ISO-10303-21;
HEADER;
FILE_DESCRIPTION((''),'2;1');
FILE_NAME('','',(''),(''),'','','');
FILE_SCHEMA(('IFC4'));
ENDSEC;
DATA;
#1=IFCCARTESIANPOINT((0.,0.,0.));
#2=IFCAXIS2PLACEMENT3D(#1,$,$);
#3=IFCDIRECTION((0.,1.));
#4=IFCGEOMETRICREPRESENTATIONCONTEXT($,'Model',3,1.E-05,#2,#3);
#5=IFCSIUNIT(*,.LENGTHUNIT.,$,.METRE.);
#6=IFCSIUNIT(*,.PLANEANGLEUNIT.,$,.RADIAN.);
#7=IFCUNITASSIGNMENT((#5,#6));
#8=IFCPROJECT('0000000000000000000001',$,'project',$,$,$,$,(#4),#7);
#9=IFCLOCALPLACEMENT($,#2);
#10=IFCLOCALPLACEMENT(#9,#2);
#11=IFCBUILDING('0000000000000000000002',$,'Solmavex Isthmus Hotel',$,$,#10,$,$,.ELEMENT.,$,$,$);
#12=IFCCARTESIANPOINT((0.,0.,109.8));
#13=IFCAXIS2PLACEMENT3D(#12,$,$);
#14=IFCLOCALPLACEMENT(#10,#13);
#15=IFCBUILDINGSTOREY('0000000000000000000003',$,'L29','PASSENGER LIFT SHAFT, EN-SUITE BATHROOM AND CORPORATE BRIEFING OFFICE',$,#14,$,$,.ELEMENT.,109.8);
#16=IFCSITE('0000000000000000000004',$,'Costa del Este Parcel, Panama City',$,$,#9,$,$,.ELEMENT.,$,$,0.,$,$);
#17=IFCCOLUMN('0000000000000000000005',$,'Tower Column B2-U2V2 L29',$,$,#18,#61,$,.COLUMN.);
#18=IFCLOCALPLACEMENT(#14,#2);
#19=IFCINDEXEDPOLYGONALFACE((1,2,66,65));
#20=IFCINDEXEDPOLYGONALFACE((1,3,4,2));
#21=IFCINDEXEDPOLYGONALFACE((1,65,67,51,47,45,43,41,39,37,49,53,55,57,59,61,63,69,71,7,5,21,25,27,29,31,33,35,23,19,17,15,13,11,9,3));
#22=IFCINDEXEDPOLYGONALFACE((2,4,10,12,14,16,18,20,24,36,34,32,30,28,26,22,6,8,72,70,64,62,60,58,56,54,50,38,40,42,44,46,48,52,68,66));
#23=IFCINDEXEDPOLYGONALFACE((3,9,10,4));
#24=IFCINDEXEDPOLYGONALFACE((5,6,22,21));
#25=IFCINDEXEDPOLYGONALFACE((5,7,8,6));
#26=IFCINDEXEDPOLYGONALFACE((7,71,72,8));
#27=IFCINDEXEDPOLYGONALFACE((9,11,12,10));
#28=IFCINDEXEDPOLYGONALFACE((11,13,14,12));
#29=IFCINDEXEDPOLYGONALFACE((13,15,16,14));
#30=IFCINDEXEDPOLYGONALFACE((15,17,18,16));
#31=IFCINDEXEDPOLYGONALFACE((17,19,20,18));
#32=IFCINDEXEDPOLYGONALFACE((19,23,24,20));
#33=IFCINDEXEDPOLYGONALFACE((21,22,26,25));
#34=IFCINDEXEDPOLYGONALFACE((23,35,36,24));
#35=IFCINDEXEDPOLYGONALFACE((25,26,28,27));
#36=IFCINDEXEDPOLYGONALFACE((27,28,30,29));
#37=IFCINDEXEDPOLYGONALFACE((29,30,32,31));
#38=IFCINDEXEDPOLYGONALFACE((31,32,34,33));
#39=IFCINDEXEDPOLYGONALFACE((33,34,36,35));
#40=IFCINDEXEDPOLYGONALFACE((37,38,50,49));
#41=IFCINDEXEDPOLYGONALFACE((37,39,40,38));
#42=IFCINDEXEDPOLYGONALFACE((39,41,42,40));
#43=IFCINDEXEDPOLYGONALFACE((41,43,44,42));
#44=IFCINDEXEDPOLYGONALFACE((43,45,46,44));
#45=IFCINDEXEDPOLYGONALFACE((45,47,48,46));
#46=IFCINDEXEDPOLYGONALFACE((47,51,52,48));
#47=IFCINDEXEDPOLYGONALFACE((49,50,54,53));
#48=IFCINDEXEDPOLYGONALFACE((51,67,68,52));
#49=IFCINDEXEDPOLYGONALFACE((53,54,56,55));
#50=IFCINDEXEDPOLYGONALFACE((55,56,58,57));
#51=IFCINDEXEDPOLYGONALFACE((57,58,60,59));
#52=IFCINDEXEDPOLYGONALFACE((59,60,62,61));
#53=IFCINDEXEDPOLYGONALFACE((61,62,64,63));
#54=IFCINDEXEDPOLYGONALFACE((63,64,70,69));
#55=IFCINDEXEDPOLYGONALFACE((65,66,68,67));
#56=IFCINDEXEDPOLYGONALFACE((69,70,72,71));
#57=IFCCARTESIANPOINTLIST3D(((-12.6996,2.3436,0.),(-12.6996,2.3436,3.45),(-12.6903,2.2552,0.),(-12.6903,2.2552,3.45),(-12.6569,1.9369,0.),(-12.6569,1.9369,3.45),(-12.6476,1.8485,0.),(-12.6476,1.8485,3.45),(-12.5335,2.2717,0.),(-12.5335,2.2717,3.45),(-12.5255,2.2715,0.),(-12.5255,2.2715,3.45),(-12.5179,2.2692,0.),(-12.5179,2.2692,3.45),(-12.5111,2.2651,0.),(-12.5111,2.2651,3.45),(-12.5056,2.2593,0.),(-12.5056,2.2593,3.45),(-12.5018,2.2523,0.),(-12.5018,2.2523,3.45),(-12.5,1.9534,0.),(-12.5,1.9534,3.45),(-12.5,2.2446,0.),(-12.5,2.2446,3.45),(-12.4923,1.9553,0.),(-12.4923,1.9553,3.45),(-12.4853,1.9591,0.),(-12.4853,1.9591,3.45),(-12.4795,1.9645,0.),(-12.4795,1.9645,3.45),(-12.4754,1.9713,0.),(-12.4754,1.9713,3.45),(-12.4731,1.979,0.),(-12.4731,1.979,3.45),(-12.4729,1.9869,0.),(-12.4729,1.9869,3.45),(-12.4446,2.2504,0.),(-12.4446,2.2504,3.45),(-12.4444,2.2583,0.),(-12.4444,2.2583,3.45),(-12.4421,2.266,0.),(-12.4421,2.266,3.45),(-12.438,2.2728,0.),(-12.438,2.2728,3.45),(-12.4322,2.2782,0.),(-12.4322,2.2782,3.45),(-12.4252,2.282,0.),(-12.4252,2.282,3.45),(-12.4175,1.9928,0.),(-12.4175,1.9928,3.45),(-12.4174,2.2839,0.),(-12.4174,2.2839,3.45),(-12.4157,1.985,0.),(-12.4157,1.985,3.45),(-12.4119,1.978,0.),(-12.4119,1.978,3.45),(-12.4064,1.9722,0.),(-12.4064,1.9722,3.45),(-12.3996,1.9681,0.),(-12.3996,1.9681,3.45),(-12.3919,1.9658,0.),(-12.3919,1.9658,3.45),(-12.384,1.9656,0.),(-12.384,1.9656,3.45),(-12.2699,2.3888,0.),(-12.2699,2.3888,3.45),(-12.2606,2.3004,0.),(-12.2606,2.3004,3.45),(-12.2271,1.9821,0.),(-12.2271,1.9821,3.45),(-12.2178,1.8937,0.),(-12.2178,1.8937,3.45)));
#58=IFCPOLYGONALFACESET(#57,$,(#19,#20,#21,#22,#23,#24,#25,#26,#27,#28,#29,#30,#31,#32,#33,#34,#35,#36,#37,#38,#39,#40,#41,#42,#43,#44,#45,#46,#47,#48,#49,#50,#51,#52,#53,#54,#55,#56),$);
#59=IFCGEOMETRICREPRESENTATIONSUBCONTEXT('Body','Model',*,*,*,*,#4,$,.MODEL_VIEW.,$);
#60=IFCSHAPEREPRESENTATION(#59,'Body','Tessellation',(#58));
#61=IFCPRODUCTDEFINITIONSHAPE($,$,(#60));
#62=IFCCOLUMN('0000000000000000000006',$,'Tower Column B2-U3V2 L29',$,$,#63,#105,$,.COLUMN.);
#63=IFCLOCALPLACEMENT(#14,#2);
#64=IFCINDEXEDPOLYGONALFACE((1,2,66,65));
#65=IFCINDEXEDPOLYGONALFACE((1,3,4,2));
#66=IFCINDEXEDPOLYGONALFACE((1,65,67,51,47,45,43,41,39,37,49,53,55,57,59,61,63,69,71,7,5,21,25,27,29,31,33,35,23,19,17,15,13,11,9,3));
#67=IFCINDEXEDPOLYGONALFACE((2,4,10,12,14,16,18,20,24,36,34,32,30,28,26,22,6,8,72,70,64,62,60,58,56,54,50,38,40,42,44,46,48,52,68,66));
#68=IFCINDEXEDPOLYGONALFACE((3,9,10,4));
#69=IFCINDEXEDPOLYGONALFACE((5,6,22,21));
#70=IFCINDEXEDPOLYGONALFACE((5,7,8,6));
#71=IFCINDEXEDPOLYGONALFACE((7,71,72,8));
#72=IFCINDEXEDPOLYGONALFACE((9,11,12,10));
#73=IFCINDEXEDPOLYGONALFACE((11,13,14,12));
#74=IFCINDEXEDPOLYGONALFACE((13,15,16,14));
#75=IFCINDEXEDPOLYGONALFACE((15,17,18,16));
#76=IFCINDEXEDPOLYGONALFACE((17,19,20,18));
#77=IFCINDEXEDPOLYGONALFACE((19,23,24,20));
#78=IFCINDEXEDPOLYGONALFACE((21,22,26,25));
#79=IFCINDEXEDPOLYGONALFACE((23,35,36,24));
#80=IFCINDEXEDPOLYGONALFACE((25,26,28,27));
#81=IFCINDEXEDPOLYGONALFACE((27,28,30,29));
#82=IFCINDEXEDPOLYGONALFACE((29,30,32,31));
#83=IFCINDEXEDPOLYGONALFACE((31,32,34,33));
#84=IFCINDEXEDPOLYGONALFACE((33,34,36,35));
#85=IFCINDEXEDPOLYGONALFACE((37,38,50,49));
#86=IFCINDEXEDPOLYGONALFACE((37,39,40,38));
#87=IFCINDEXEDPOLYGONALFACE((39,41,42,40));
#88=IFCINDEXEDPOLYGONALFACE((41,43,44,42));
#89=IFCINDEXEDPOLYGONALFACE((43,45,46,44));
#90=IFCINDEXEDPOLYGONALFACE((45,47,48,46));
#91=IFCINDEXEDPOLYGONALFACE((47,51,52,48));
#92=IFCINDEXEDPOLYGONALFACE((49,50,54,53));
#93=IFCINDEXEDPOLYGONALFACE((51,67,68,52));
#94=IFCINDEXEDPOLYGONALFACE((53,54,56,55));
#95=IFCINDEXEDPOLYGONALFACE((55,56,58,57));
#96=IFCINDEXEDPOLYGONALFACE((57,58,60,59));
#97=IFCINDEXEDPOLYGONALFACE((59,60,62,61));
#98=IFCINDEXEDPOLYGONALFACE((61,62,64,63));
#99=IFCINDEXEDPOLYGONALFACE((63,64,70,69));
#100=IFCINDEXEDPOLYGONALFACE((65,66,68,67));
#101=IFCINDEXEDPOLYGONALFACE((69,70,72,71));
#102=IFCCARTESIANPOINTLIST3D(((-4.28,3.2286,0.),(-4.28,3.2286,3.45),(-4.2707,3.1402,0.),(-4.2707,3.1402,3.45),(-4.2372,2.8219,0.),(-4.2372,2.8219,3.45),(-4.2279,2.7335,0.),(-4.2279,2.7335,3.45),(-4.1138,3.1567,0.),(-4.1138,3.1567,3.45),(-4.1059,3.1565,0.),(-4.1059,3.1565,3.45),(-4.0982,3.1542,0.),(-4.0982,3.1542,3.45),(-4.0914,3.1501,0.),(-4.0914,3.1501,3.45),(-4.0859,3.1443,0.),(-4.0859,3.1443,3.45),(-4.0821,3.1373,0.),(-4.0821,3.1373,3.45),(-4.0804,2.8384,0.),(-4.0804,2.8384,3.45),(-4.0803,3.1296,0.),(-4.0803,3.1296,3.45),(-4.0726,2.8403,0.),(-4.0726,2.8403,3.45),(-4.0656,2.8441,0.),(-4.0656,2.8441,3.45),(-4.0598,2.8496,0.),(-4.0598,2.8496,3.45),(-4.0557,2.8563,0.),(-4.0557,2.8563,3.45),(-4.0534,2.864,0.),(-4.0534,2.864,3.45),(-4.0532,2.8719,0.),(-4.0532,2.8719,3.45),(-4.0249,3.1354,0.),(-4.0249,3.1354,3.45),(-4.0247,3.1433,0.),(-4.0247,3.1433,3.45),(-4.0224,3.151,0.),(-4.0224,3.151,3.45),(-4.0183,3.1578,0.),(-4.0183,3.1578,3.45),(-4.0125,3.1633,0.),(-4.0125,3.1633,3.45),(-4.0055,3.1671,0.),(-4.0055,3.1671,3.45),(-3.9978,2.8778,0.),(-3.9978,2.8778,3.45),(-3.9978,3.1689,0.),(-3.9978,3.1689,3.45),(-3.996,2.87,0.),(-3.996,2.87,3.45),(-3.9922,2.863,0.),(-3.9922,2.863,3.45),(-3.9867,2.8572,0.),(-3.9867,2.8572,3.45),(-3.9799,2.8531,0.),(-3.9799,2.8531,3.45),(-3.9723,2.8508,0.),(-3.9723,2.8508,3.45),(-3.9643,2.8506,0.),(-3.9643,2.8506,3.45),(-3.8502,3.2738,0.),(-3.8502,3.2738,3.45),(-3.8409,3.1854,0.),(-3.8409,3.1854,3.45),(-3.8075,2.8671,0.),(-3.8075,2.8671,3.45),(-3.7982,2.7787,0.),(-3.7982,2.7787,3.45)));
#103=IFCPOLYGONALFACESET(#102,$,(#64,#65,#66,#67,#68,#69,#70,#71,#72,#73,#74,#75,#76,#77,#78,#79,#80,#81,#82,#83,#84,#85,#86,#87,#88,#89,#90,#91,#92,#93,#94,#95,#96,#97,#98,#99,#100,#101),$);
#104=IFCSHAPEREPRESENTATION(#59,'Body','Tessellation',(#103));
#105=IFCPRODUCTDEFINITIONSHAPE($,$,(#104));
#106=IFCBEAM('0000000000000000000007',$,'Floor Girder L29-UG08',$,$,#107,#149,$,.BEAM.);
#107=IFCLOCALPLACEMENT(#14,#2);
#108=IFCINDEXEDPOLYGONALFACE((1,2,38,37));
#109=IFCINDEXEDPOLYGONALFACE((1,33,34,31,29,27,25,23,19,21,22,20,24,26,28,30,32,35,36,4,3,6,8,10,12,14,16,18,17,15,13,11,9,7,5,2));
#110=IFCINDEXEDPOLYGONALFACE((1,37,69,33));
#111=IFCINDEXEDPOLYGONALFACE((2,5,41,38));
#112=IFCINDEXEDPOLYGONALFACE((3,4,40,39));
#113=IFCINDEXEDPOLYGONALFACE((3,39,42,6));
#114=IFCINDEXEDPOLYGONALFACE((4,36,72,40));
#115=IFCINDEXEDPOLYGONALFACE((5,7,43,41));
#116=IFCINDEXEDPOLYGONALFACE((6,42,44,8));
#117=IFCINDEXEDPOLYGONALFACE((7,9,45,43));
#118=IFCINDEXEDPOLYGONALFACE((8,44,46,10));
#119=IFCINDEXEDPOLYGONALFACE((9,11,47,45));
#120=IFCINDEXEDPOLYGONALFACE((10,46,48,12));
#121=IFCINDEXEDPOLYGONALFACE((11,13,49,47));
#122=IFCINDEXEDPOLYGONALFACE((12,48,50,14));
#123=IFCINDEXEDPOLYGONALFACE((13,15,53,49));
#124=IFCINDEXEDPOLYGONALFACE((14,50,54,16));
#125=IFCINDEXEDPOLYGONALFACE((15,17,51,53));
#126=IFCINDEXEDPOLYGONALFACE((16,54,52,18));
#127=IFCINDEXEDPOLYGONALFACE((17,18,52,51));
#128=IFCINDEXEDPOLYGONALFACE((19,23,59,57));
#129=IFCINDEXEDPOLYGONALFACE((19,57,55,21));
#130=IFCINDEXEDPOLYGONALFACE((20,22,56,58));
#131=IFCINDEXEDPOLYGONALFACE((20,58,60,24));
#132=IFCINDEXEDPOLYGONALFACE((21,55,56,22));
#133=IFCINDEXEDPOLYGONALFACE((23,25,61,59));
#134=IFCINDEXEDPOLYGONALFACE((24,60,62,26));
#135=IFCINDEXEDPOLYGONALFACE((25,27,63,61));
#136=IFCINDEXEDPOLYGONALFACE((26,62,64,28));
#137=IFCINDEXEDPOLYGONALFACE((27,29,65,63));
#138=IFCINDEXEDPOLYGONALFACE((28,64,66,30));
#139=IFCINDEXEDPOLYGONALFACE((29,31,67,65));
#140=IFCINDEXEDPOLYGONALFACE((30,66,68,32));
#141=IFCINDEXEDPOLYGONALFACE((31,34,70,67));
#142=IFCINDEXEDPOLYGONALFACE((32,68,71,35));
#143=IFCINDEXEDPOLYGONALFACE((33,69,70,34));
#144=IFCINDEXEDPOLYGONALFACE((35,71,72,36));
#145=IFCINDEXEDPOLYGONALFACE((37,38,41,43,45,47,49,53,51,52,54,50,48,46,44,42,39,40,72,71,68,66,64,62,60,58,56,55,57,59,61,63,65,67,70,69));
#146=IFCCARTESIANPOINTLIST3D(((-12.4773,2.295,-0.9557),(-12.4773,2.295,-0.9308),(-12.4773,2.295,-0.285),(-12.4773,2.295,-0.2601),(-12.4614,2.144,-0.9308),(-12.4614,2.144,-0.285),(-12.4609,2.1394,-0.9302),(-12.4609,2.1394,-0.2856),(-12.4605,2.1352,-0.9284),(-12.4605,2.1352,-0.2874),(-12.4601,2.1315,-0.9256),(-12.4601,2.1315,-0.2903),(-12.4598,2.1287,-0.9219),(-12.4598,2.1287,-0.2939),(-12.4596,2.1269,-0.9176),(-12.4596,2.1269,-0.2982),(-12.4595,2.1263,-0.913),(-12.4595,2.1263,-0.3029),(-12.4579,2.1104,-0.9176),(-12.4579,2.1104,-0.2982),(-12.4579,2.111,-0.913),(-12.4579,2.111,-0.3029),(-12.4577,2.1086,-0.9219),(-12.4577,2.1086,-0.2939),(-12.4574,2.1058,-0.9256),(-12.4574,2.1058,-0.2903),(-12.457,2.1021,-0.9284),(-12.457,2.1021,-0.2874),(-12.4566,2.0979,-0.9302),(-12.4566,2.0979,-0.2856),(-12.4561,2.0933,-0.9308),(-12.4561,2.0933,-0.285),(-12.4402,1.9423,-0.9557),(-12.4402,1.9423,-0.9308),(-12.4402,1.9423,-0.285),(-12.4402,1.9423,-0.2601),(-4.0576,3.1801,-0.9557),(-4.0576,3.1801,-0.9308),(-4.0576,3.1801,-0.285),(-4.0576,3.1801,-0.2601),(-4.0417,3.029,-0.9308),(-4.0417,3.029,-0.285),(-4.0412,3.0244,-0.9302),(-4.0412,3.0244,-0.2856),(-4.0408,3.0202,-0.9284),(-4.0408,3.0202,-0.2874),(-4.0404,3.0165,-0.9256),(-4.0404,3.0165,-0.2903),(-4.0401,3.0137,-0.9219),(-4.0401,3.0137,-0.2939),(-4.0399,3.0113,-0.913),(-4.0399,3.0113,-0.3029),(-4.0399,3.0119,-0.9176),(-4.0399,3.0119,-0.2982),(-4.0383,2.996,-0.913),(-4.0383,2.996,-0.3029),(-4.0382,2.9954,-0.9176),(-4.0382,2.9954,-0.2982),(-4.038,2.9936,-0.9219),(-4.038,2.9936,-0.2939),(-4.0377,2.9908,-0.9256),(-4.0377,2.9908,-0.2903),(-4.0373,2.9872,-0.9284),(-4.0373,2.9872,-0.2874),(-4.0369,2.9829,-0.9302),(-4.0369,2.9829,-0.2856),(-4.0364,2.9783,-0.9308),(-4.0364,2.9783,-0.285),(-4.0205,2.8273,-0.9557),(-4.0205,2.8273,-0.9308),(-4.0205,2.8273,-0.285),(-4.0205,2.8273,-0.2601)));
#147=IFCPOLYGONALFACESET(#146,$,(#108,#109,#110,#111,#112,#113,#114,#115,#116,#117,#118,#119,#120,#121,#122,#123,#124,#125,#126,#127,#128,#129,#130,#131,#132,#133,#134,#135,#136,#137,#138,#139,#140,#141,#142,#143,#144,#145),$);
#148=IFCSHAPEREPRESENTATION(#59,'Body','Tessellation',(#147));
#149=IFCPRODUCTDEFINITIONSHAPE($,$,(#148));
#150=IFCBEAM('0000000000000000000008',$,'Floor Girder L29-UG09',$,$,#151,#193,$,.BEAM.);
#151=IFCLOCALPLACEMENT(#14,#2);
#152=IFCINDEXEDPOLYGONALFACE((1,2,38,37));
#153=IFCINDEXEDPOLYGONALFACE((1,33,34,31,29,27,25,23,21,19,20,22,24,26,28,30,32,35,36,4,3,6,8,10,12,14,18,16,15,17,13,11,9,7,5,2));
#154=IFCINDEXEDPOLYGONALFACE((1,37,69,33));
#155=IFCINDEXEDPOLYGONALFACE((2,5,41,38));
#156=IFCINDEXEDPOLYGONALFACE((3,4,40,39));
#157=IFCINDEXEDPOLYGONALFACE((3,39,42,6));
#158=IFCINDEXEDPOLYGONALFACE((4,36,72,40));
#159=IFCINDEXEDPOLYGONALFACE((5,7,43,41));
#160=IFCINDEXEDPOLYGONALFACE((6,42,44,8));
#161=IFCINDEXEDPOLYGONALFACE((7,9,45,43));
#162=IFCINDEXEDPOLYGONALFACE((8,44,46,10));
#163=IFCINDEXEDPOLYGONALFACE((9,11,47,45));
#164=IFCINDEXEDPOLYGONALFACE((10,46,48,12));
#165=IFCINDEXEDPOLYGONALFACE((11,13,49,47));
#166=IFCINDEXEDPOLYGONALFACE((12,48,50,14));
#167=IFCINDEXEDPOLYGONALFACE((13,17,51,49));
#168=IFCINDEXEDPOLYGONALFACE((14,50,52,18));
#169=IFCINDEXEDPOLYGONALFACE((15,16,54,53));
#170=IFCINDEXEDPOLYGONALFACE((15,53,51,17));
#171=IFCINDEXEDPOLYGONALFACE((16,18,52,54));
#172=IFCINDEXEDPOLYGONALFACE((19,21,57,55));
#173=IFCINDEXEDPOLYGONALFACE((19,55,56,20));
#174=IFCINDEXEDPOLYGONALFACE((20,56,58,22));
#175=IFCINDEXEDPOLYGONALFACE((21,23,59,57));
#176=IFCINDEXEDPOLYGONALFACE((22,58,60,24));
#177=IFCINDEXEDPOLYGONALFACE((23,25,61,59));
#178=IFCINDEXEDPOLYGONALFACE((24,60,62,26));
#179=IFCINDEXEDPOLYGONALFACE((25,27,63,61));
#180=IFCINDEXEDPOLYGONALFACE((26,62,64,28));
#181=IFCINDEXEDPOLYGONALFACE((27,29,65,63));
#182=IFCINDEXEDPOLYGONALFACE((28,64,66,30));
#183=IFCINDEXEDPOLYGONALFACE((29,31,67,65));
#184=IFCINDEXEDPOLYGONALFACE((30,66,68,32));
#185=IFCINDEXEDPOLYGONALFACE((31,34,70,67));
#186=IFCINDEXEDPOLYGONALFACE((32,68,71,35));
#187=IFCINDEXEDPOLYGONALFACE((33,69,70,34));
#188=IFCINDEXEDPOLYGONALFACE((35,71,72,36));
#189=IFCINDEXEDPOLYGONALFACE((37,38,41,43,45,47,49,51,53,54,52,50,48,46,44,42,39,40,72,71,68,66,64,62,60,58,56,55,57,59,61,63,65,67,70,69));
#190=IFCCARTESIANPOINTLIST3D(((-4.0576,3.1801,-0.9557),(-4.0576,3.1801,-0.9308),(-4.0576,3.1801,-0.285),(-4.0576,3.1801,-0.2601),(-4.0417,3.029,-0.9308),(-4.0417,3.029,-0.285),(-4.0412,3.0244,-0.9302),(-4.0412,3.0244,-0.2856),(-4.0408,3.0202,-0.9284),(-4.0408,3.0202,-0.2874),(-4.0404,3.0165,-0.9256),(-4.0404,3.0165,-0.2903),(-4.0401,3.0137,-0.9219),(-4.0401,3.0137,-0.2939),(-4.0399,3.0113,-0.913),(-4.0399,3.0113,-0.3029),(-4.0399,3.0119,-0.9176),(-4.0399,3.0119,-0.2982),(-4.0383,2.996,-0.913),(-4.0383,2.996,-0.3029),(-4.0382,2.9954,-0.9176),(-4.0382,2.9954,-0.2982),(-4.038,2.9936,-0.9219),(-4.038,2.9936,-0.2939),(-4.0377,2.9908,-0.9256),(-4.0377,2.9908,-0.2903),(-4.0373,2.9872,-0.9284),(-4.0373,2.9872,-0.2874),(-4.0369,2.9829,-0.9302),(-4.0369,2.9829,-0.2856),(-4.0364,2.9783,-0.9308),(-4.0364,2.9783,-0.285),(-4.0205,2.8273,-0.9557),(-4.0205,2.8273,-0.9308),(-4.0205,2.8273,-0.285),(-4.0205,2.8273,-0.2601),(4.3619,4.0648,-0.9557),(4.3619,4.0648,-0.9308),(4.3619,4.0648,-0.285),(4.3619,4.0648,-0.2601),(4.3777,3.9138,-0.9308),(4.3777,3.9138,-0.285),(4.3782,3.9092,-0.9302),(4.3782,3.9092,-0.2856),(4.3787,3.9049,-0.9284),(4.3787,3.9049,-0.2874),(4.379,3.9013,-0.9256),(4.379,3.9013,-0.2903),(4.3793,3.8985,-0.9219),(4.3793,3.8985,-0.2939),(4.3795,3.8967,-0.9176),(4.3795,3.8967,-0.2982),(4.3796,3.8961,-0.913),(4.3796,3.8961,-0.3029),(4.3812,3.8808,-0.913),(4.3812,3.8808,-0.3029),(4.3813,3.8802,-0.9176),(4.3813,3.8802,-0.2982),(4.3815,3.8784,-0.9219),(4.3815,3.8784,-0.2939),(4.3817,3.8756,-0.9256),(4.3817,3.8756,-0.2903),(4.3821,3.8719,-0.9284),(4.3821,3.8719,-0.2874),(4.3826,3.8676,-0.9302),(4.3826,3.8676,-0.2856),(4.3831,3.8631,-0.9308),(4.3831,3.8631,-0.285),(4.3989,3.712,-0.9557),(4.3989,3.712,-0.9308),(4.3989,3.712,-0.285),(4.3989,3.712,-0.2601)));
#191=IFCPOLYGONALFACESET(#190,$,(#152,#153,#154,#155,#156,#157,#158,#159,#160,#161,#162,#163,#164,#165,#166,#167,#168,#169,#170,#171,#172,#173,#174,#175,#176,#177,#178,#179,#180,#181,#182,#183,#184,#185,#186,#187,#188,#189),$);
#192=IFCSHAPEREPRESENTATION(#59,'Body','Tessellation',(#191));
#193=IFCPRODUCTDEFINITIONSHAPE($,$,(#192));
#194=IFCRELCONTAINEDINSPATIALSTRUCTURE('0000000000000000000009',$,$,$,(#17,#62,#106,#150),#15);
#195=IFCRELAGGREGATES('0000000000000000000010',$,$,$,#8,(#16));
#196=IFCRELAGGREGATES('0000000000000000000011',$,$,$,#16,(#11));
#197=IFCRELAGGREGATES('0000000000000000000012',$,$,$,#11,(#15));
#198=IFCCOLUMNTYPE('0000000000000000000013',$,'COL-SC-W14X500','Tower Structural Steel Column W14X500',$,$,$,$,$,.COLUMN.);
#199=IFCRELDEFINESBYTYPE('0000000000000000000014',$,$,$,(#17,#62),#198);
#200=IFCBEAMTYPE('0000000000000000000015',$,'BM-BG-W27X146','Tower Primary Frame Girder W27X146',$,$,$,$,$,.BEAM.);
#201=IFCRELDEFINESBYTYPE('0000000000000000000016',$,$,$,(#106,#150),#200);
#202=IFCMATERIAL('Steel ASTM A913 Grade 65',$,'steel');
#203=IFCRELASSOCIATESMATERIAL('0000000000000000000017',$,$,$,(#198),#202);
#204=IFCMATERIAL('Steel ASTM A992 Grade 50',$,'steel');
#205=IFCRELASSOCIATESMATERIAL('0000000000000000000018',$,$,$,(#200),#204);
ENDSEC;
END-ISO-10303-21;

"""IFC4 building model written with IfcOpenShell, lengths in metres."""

from ifc_helpers import new_model, si_unit, direction, frame, origin, origin_2d, place, context, subcontext, project, spatial, i_section, extrude, material, material_profile, profile_set, type_object, element, save


model = new_model("IFC4")

# Units and contexts
model_context = context("Model", 3, precision=1e-05, world=origin(), true_north=direction((0.0, 1.0)))
body_context = subcontext(model_context, "Body", "Model", "MODEL_VIEW")
ifc_project = project(units=[si_unit("LENGTHUNIT", "METRE"), si_unit("PLANEANGLEUNIT", "RADIAN")], contexts=[model_context])

# Site, building, storey
site_placement = place(None, origin())
site = spatial("IfcSite", under=ifc_project, at=site_placement, Name="Costa del Este Parcel, Panama City", CompositionType="ELEMENT", RefElevation=0.0)
building_placement = place(site_placement, origin())
building = spatial("IfcBuilding", under=site, at=building_placement, Name="Solmavex Isthmus Hotel", CompositionType="ELEMENT")
storey_placement = place(building_placement, frame((0.0, 0.0, 109.8)))
storey = spatial("IfcBuildingStorey", under=building, at=storey_placement, Name="L29", Description="PASSENGER LIFT SHAFT, EN-SUITE BATHROOM AND CORPORATE BRIEFING OFFICE", CompositionType="ELEMENT", Elevation=109.8)

# Columns
ifc_material_1 = material(Name="Steel ASTM A913 Grade 65", Category="steel")
ifc_material_profile_1 = material_profile(ifc_material_1, i_section(OverallWidth=0.4321, OverallDepth=0.4978, WebThickness=0.0557, FlangeThickness=0.0889, FilletRadius=0.0305, at=origin_2d()), Name="W14X500")
ifc_profile_set_1 = profile_set([ifc_material_profile_1], Name="Steel ASTM A913 Grade 65")
column_type = type_object("IfcColumnType", Name="COL-SC-W14X500", Description="Tower Structural Steel Column W14X500", PredefinedType="COLUMN", material=ifc_profile_set_1)
for number, where, z_axis, x_axis, name in (
    (1, (-12.4587, 2.1187, 0.0), (0.0, 0.0, 1.0), (0.994522, 0.104528, 0.0), "Tower Column B2-U2V2 L29"),
    (2, (-4.0391, 3.0037, 0.0), (0.0, 0.0, 1.0), (0.994522, 0.104528, 0.0), "Tower Column B2-U3V2 L29"),
):
    element("IfcColumn", number, at=place(storey_placement, frame(where, z_axis=z_axis, x_axis=x_axis)), inside=storey, type_object=column_type, Name=name, PredefinedType="COLUMN", context=body_context, shape_type="SweptSolid", body=[
        extrude(i_section(OverallWidth=0.4321, OverallDepth=0.4978, WebThickness=0.0557, FlangeThickness=0.0889, FilletRadius=0.0305, at=origin_2d()), origin(), (0.0, 0.0, 1.0), 3.45),
    ])

# Beams
ifc_material_2 = material(Name="Steel ASTM A992 Grade 50", Category="steel")
ifc_material_profile_2 = material_profile(ifc_material_2, i_section(OverallWidth=0.3547, OverallDepth=0.6956, WebThickness=0.0154, FlangeThickness=0.0249, FilletRadius=0.0178, at=origin_2d()), Name="W27X146")
ifc_profile_set_2 = profile_set([ifc_material_profile_2], Name="Steel ASTM A992 Grade 50")
beam_type_1 = type_object("IfcBeamType", Name="BM-BG-W27X146", Description="Tower Primary Frame Girder W27X146", PredefinedType="BEAM", material=ifc_profile_set_2)
beam_1_placement = place(storey_placement, frame((-12.4587, 2.1187, -0.6079), z_axis=(0.994521, 0.104536, 0.0), x_axis=(-0.104536, 0.994521, 0.0)))
element("IfcBeam", 3, at=beam_1_placement, inside=storey, type_object=beam_type_1, Name="Floor Girder L29-UG08", PredefinedType="BEAM", context=body_context, shape_type="SweptSolid", body=[
    extrude(i_section(OverallWidth=0.3547, OverallDepth=0.6956, WebThickness=0.0154, FlangeThickness=0.0249, FilletRadius=0.0178, at=origin_2d()), origin(), (0.0, 0.0, 1.0), 8.4661),
])
beam_2_placement = place(storey_placement, frame((-4.0391, 3.0037, -0.6079), z_axis=(0.994524, 0.104511, 0.0), x_axis=(-0.104511, 0.994524, 0.0)))
element("IfcBeam", 4, at=beam_2_placement, inside=storey, type_object=beam_type_1, Name="Floor Girder L29-UG09", PredefinedType="BEAM", context=body_context, shape_type="SweptSolid", body=[
    extrude(i_section(OverallWidth=0.3547, OverallDepth=0.6956, WebThickness=0.0154, FlangeThickness=0.0249, FilletRadius=0.0178, at=origin_2d()), origin(), (0.0, 0.0, 1.0), 8.4658),
])

save(model, "model.ifc")
